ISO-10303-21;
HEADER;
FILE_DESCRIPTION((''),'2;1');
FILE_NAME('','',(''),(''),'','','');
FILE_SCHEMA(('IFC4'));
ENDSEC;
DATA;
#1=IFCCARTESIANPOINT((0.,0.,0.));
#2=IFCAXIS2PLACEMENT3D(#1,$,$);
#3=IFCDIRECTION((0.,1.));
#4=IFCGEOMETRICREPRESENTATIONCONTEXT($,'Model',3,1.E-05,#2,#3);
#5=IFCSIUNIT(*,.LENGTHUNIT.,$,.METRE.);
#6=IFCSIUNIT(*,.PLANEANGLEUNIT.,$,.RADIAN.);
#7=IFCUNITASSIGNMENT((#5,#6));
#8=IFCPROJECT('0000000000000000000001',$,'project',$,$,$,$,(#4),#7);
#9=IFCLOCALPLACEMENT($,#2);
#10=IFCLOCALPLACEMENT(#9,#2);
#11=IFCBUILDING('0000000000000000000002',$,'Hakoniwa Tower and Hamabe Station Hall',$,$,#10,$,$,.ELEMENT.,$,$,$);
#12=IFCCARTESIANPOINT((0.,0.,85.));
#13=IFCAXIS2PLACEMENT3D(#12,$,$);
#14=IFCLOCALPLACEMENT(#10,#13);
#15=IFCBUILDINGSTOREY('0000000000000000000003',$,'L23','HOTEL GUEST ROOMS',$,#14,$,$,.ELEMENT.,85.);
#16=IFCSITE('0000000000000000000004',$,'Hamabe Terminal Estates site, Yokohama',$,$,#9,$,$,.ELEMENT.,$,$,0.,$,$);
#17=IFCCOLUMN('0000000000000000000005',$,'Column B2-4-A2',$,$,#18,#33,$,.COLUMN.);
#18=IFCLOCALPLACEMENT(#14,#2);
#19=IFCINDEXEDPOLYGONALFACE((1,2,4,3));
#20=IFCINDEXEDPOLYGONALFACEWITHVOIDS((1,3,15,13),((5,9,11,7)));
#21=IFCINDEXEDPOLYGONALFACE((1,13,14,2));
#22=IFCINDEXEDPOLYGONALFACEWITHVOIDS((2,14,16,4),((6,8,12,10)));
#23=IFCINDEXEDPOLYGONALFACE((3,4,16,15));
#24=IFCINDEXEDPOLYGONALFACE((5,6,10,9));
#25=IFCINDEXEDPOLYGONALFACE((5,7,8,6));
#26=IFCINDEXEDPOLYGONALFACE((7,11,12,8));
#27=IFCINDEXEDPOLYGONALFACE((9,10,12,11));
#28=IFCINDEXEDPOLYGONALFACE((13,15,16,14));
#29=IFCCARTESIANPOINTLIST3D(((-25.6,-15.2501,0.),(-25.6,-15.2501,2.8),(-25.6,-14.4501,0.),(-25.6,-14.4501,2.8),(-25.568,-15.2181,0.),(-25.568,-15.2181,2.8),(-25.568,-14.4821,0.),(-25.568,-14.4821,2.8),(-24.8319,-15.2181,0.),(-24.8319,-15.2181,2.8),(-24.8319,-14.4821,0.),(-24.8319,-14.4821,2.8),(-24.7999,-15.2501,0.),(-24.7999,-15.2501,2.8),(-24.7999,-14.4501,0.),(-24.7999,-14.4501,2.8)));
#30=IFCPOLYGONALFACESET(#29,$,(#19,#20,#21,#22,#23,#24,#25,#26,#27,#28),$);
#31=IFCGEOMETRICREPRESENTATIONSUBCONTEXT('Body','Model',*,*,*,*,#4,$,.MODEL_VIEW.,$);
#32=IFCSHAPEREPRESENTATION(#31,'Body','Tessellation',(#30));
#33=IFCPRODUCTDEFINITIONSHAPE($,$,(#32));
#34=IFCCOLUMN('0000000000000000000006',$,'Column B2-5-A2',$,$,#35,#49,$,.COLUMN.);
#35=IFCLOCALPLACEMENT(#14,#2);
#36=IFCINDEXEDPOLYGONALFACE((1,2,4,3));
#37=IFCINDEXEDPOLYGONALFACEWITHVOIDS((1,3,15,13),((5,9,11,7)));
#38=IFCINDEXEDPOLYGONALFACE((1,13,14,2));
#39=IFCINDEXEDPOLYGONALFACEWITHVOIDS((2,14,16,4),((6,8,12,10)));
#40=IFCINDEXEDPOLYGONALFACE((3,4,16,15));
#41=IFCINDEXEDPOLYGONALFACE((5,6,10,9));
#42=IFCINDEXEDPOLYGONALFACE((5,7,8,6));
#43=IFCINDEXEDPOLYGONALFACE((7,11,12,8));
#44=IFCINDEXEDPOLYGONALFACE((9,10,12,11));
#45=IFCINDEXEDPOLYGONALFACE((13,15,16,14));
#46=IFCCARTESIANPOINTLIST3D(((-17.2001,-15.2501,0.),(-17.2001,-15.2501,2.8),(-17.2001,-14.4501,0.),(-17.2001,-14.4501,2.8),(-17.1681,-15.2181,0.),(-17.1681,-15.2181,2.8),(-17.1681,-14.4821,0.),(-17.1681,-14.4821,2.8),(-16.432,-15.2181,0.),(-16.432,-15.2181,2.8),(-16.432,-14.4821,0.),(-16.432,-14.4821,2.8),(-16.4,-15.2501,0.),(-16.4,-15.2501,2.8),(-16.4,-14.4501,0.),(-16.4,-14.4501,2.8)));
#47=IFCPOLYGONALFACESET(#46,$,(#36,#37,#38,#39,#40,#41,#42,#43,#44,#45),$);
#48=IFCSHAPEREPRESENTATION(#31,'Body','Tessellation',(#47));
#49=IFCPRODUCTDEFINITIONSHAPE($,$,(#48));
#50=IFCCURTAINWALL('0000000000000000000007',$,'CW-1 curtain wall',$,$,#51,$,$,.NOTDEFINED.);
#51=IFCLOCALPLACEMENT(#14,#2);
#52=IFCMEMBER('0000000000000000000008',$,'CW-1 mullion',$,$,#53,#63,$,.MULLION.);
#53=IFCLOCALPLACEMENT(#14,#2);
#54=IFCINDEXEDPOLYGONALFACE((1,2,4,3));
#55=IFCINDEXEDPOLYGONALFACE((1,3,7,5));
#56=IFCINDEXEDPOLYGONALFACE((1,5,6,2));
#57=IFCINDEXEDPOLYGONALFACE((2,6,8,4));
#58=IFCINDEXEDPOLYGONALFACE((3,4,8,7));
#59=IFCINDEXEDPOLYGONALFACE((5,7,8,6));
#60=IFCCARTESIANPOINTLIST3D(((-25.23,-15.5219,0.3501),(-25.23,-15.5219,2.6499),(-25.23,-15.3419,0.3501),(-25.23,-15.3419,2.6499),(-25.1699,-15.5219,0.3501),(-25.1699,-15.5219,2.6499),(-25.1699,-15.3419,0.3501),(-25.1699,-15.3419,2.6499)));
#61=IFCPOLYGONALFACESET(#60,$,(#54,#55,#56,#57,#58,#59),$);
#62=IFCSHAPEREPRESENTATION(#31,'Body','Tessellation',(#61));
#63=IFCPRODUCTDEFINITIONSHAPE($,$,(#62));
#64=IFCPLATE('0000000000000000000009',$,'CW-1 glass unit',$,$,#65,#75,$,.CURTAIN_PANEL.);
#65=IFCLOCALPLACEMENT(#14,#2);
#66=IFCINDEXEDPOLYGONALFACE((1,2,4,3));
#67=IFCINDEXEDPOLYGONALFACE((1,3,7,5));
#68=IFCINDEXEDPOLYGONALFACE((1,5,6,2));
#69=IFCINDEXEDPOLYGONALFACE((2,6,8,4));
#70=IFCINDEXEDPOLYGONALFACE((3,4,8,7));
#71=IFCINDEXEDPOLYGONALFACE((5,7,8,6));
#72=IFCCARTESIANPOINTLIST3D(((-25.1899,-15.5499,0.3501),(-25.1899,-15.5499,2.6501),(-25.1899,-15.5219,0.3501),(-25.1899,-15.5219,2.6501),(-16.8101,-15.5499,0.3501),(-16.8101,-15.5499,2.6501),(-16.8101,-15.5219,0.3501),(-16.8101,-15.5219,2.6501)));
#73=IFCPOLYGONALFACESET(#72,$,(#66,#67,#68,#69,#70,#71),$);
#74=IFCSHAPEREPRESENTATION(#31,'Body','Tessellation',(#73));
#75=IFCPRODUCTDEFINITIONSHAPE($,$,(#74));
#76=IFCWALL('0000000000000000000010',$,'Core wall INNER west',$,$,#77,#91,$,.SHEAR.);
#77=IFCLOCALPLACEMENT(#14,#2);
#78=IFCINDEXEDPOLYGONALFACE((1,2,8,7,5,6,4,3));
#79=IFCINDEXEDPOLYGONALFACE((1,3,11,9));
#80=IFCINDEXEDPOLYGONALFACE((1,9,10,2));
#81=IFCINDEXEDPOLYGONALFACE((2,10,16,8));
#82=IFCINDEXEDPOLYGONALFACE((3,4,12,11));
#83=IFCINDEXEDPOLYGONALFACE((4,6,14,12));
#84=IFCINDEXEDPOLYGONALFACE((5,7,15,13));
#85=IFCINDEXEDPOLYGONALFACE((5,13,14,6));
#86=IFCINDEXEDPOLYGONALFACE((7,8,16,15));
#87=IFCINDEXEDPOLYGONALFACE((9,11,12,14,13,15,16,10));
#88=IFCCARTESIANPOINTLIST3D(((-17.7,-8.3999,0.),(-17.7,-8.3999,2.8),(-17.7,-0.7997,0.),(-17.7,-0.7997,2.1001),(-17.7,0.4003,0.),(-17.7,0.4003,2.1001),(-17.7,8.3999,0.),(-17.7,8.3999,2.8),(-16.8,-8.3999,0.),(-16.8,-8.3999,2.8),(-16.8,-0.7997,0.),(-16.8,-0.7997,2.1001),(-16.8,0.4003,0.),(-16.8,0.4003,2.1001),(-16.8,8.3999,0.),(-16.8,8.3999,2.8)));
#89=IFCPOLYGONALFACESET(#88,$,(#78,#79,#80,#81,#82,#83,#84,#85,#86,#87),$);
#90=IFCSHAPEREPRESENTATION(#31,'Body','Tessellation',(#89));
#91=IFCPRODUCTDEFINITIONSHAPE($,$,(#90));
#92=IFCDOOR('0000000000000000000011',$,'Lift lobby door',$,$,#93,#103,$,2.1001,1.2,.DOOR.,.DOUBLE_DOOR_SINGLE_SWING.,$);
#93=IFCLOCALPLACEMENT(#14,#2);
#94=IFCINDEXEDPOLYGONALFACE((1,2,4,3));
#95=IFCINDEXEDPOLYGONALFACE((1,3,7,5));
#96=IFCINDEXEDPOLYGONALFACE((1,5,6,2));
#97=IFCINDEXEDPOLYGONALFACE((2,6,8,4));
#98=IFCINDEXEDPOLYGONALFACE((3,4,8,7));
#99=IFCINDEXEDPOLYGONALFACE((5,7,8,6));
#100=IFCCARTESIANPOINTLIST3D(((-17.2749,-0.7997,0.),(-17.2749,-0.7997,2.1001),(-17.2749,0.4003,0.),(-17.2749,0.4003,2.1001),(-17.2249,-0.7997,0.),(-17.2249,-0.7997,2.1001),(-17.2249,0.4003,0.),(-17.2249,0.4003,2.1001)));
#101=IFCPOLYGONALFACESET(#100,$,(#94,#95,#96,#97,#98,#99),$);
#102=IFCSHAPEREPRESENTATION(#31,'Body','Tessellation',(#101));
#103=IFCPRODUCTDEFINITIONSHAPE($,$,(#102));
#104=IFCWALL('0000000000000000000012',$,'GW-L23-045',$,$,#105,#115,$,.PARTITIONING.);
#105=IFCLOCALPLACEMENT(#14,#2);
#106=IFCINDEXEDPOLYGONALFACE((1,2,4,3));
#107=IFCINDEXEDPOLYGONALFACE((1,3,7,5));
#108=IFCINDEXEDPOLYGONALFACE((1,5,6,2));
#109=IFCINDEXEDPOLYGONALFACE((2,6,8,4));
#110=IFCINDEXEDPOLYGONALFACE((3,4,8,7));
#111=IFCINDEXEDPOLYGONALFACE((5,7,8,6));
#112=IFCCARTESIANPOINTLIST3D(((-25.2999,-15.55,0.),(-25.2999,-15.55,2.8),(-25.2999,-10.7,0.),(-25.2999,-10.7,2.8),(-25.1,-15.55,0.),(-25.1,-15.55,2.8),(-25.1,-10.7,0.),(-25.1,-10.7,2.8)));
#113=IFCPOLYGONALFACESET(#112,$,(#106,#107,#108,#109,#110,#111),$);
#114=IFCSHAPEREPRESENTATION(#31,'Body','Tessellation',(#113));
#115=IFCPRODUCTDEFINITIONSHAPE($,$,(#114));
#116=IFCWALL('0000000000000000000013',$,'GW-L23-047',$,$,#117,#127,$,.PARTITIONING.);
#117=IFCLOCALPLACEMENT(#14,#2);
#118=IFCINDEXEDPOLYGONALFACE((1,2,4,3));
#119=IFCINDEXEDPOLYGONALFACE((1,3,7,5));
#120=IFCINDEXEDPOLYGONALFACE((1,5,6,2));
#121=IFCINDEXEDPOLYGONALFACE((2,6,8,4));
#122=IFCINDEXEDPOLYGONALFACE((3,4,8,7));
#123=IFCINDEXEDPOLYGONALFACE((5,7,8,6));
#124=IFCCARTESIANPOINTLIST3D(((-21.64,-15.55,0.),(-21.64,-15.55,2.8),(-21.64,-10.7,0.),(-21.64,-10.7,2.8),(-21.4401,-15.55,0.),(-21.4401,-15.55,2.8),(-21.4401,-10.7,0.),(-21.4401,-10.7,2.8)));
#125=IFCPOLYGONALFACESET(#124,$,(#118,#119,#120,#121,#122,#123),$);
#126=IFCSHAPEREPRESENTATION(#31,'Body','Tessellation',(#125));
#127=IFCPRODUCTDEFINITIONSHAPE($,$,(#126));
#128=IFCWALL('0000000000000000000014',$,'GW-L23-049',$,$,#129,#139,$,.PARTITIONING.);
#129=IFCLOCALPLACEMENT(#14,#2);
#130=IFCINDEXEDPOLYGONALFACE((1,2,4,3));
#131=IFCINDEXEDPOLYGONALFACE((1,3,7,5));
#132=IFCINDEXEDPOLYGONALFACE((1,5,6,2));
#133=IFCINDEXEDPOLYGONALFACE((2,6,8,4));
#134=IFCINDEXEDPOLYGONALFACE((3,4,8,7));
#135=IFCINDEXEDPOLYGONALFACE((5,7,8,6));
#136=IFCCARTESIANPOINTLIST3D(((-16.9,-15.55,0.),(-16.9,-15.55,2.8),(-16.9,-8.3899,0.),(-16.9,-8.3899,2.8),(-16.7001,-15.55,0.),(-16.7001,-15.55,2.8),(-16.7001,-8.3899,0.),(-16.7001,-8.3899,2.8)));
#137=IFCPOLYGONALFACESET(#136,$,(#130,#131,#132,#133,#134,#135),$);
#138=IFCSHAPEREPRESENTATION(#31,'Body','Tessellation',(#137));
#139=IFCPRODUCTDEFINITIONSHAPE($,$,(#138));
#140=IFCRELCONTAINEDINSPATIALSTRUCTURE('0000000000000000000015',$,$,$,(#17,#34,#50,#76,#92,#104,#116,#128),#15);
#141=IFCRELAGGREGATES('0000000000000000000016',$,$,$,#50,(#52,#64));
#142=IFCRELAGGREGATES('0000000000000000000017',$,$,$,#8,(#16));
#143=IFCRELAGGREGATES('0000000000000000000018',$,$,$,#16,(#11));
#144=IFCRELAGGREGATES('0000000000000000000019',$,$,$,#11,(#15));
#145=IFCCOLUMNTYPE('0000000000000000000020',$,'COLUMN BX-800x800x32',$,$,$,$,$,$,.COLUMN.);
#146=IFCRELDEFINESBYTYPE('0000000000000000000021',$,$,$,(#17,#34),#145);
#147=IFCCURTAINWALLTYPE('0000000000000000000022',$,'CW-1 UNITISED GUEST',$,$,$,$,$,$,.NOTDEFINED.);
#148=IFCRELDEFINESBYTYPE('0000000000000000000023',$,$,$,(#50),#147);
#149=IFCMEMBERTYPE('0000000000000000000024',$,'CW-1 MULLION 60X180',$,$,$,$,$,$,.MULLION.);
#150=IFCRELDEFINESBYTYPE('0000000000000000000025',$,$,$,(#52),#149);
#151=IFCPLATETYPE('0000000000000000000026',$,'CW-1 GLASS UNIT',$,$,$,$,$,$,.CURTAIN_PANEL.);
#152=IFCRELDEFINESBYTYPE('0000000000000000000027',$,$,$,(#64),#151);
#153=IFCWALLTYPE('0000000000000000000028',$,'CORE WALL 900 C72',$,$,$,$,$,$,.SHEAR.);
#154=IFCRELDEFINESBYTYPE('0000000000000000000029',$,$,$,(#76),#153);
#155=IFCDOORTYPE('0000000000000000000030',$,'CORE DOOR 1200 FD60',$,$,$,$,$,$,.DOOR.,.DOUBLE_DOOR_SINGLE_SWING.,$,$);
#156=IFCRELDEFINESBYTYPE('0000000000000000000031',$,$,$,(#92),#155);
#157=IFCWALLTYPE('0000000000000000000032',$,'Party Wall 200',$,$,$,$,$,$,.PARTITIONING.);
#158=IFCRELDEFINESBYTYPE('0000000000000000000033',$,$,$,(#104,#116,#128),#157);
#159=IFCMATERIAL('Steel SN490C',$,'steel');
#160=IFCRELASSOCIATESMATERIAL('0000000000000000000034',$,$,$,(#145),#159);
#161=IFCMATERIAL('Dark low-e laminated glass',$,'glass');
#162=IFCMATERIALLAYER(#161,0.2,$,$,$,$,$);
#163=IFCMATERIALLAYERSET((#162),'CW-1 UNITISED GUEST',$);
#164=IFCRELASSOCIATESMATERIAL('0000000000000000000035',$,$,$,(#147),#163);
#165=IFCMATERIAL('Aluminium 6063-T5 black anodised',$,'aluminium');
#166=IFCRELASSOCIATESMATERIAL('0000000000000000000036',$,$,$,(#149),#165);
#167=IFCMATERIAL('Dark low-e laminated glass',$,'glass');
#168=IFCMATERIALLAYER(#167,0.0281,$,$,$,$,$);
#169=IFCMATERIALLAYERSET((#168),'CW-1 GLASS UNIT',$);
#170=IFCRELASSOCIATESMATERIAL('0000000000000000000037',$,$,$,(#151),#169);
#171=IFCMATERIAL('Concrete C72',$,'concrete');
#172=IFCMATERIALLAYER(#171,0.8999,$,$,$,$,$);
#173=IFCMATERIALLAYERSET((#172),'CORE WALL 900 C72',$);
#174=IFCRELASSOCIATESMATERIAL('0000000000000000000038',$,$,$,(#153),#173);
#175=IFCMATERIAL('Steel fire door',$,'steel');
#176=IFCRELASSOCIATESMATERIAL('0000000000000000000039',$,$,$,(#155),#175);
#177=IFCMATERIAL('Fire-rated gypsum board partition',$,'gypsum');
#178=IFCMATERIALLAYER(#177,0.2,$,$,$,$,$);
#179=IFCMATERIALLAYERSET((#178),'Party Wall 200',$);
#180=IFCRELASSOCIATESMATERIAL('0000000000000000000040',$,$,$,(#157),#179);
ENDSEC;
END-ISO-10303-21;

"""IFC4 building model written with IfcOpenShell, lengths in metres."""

from ifc_helpers import new_model, si_unit, direction, frame, frame_2d, origin, origin_2d, place, context, subcontext, project, spatial, rectangle, hollow_rectangle, extrude, material, layer, layer_set, material_profile, profile_set, type_object, element, fill, aggregate, save


model = new_model("IFC4")

# Units and contexts
model_context = context("Model", 3, precision=1e-05, world=origin(), true_north=direction((0.0, 1.0)))
body_context = subcontext(model_context, "Body", "Model", "MODEL_VIEW")
ifc_project = project(units=[si_unit("LENGTHUNIT", "METRE"), si_unit("PLANEANGLEUNIT", "RADIAN")], contexts=[model_context])

# Site, building, storey
site_placement = place(None, origin())
site = spatial("IfcSite", under=ifc_project, at=site_placement, Name="Hamabe Terminal Estates site, Yokohama", CompositionType="ELEMENT", RefElevation=0.0)
building_placement = place(site_placement, origin())
building = spatial("IfcBuilding", under=site, at=building_placement, Name="Hakoniwa Tower and Hamabe Station Hall", CompositionType="ELEMENT")
storey_placement = place(building_placement, frame((0.0, 0.0, 85.0)))
storey = spatial("IfcBuildingStorey", under=building, at=storey_placement, Name="L23", Description="HOTEL GUEST ROOMS", CompositionType="ELEMENT", Elevation=85.0)

# Columns
ifc_material_1 = material(Name="Steel SN490C", Category="steel")
ifc_material_profile_1 = material_profile(ifc_material_1, hollow_rectangle(XDim=0.8, YDim=0.8, WallThickness=0.032, at=origin_2d()), Name="BX-800x800x32")
ifc_profile_set_1 = profile_set([ifc_material_profile_1], Name="Steel SN490C")
column_type = type_object("IfcColumnType", Name="COLUMN BX-800x800x32", PredefinedType="COLUMN", material=ifc_profile_set_1)
for number, where, z_axis, x_axis, name in (
    (1, (-25.2, -14.8501, 0.0), (0.0, 0.0, 1.0), (1.0, 0.0, 0.0), "Column B2-4-A2"),
    (2, (-16.8, -14.8501, 0.0), (0.0, 0.0, 1.0), (1.0, 0.0, 0.0), "Column B2-5-A2"),
):
    element("IfcColumn", number, at=place(storey_placement, frame(where, z_axis=z_axis, x_axis=x_axis)), inside=storey, type_object=column_type, Name=name, PredefinedType="COLUMN", context=body_context, shape_type="SweptSolid", body=[
        extrude(hollow_rectangle(XDim=0.8, YDim=0.8, WallThickness=0.032, at=origin_2d()), origin(), (0.0, 0.0, 1.0), 2.8),
    ])

# Curtain wall, member, plate
ifc_material_2 = material(Name="Dark low-e laminated glass", Category="glass")
ifc_layer_1 = layer(ifc_material_2, 0.2)
ifc_layer_set_1 = layer_set([ifc_layer_1], Name="CW-1 UNITISED GUEST")
curtain_wall_type = type_object("IfcCurtainWallType", Name="CW-1 UNITISED GUEST", PredefinedType="NOTDEFINED", material=ifc_layer_set_1)
curtain_wall_placement = place(storey_placement, origin())
curtain_wall = element("IfcCurtainWall", 3, at=curtain_wall_placement, inside=storey, type_object=curtain_wall_type, Name="CW-1 curtain wall", PredefinedType="NOTDEFINED")
ifc_material_3 = material(Name="Aluminium 6063-T5 black anodised", Category="aluminium")
ifc_material_profile_2 = material_profile(ifc_material_3, rectangle(XDim=0.0601, YDim=0.1799, at=origin_2d()), Name="CW-1 MULLION 60X180")
ifc_profile_set_2 = profile_set([ifc_material_profile_2], Name="Aluminium 6063-T5 black anodised")
member_type = type_object("IfcMemberType", Name="CW-1 MULLION 60X180", PredefinedType="MULLION", material=ifc_profile_set_2)
member_placement = place(storey_placement, frame((-25.2, -15.4319, 0.3501), z_axis=(0.0, 0.0, 1.0), x_axis=(1.0, 0.0, 0.0)))
member = element("IfcMember", 4, at=member_placement, type_object=member_type, Name="CW-1 mullion", PredefinedType="MULLION", context=body_context, shape_type="SweptSolid", body=[
    extrude(rectangle(XDim=0.0601, YDim=0.1799, at=origin_2d()), origin(), (0.0, 0.0, 1.0), 2.2998),
])
ifc_material_4 = material(Name="Dark low-e laminated glass", Category="glass")
ifc_layer_2 = layer(ifc_material_4, 0.0281)
ifc_layer_set_2 = layer_set([ifc_layer_2], Name="CW-1 GLASS UNIT")
plate_type = type_object("IfcPlateType", Name="CW-1 GLASS UNIT", PredefinedType="CURTAIN_PANEL", material=ifc_layer_set_2)
plate_placement = place(storey_placement, frame((-21.0, -15.5359, 0.3501), z_axis=(0.0, 0.0, 1.0), x_axis=(1.0, 0.0, 0.0)))
plate = element("IfcPlate", 5, at=plate_placement, type_object=plate_type, Name="CW-1 glass unit", PredefinedType="CURTAIN_PANEL", context=body_context, shape_type="SweptSolid", body=[
    extrude(rectangle(XDim=8.3799, YDim=0.0281, at=origin_2d()), origin(), (0.0, 0.0, 1.0), 2.3),
])
aggregate(curtain_wall, [member, plate])

# Wall, opening, door
ifc_material_5 = material(Name="Concrete C72", Category="concrete")
ifc_layer_3 = layer(ifc_material_5, 0.8999)
ifc_layer_set_3 = layer_set([ifc_layer_3], Name="CORE WALL 900 C72")
wall_type_1 = type_object("IfcWallType", Name="CORE WALL 900 C72", PredefinedType="SHEAR", material=ifc_layer_set_3)
wall_1_placement = place(storey_placement, frame((-17.25, -8.3999, 0.0), z_axis=(0.0, 0.0, 1.0), x_axis=(0.0, 1.0, 0.0)))
wall_1 = element("IfcWall", 6, at=wall_1_placement, inside=storey, type_object=wall_type_1, Name="Core wall INNER west", PredefinedType="SHEAR", context=body_context, shape_type="SweptSolid", body=[
    extrude(rectangle(XDim=16.7998, YDim=0.8999, at=frame_2d((8.3999, 0.0))), origin(), (0.0, 0.0, 1.0), 2.8),
])
opening_placement = place(wall_1_placement, frame((7.6001, 0.0, 0.0)))
opening = element("IfcOpeningElement", 7, at=opening_placement, cuts=wall_1, PredefinedType="OPENING", context=body_context, shape_type="SweptSolid", body=[
    extrude(rectangle(XDim=1.2, YDim=2.1001, at=frame_2d((0.6001, 1.05))), frame((0.0, 0.46, 0.0), z_axis=(0.0, -1.0, 0.0), x_axis=(1.0, 0.0, 0.0)), (0.0, 0.0, 1.0), 0.9199),
])
ifc_material_6 = material(Name="Steel fire door", Category="steel")
door_type = type_object("IfcDoorType", Name="CORE DOOR 1200 FD60", OperationType="DOUBLE_DOOR_SINGLE_SWING", PredefinedType="DOOR", material=ifc_material_6)
door_placement = place(opening_placement, origin())
door = element("IfcDoor", 8, at=door_placement, inside=storey, type_object=door_type, Name="Lift lobby door", OperationType="DOUBLE_DOOR_SINGLE_SWING", OverallHeight=2.1001, OverallWidth=1.2, PredefinedType="DOOR", context=body_context, shape_type="SweptSolid", body=[
    extrude(rectangle(XDim=1.2, YDim=2.1001, at=frame_2d((0.6001, 1.05))), frame((0.0, 0.0249, 0.0), z_axis=(0.0, -1.0, 0.0), x_axis=(1.0, 0.0, 0.0)), (0.0, 0.0, 1.0), 0.05),
])
fill(opening, door)

# Walls
ifc_material_7 = material(Name="Fire-rated gypsum board partition", Category="gypsum")
ifc_layer_4 = layer(ifc_material_7, 0.2)
ifc_layer_set_4 = layer_set([ifc_layer_4], Name="Party Wall 200")
wall_type_2 = type_object("IfcWallType", Name="Party Wall 200", PredefinedType="PARTITIONING", material=ifc_layer_set_4)
for number, where, z_axis, x_axis, name in (
    (9, (-25.2, -15.55, 0.0), (0.0, 0.0, 1.0), (0.0, 1.0, 0.0), "GW-L23-045"),
    (10, (-21.54, -15.55, 0.0), (0.0, 0.0, 1.0), (0.0, 1.0, 0.0), "GW-L23-047"),
):
    element("IfcWall", number, at=place(storey_placement, frame(where, z_axis=z_axis, x_axis=x_axis)), inside=storey, type_object=wall_type_2, Name=name, PredefinedType="PARTITIONING", context=body_context, shape_type="SweptSolid", body=[
        extrude(rectangle(XDim=4.8501, YDim=0.2, at=frame_2d((2.425, 0.0))), origin(), (0.0, 0.0, 1.0), 2.8),
    ])
wall_2_placement = place(storey_placement, frame((-16.8, -15.55, 0.0), z_axis=(0.0, 0.0, 1.0), x_axis=(0.0, 1.0, 0.0)))
element("IfcWall", 11, at=wall_2_placement, inside=storey, type_object=wall_type_2, Name="GW-L23-049", PredefinedType="PARTITIONING", context=body_context, shape_type="SweptSolid", body=[
    extrude(rectangle(XDim=7.1602, YDim=0.2, at=frame_2d((3.5801, 0.0))), origin(), (0.0, 0.0, 1.0), 2.8),
])

save(model, "model.ifc")
